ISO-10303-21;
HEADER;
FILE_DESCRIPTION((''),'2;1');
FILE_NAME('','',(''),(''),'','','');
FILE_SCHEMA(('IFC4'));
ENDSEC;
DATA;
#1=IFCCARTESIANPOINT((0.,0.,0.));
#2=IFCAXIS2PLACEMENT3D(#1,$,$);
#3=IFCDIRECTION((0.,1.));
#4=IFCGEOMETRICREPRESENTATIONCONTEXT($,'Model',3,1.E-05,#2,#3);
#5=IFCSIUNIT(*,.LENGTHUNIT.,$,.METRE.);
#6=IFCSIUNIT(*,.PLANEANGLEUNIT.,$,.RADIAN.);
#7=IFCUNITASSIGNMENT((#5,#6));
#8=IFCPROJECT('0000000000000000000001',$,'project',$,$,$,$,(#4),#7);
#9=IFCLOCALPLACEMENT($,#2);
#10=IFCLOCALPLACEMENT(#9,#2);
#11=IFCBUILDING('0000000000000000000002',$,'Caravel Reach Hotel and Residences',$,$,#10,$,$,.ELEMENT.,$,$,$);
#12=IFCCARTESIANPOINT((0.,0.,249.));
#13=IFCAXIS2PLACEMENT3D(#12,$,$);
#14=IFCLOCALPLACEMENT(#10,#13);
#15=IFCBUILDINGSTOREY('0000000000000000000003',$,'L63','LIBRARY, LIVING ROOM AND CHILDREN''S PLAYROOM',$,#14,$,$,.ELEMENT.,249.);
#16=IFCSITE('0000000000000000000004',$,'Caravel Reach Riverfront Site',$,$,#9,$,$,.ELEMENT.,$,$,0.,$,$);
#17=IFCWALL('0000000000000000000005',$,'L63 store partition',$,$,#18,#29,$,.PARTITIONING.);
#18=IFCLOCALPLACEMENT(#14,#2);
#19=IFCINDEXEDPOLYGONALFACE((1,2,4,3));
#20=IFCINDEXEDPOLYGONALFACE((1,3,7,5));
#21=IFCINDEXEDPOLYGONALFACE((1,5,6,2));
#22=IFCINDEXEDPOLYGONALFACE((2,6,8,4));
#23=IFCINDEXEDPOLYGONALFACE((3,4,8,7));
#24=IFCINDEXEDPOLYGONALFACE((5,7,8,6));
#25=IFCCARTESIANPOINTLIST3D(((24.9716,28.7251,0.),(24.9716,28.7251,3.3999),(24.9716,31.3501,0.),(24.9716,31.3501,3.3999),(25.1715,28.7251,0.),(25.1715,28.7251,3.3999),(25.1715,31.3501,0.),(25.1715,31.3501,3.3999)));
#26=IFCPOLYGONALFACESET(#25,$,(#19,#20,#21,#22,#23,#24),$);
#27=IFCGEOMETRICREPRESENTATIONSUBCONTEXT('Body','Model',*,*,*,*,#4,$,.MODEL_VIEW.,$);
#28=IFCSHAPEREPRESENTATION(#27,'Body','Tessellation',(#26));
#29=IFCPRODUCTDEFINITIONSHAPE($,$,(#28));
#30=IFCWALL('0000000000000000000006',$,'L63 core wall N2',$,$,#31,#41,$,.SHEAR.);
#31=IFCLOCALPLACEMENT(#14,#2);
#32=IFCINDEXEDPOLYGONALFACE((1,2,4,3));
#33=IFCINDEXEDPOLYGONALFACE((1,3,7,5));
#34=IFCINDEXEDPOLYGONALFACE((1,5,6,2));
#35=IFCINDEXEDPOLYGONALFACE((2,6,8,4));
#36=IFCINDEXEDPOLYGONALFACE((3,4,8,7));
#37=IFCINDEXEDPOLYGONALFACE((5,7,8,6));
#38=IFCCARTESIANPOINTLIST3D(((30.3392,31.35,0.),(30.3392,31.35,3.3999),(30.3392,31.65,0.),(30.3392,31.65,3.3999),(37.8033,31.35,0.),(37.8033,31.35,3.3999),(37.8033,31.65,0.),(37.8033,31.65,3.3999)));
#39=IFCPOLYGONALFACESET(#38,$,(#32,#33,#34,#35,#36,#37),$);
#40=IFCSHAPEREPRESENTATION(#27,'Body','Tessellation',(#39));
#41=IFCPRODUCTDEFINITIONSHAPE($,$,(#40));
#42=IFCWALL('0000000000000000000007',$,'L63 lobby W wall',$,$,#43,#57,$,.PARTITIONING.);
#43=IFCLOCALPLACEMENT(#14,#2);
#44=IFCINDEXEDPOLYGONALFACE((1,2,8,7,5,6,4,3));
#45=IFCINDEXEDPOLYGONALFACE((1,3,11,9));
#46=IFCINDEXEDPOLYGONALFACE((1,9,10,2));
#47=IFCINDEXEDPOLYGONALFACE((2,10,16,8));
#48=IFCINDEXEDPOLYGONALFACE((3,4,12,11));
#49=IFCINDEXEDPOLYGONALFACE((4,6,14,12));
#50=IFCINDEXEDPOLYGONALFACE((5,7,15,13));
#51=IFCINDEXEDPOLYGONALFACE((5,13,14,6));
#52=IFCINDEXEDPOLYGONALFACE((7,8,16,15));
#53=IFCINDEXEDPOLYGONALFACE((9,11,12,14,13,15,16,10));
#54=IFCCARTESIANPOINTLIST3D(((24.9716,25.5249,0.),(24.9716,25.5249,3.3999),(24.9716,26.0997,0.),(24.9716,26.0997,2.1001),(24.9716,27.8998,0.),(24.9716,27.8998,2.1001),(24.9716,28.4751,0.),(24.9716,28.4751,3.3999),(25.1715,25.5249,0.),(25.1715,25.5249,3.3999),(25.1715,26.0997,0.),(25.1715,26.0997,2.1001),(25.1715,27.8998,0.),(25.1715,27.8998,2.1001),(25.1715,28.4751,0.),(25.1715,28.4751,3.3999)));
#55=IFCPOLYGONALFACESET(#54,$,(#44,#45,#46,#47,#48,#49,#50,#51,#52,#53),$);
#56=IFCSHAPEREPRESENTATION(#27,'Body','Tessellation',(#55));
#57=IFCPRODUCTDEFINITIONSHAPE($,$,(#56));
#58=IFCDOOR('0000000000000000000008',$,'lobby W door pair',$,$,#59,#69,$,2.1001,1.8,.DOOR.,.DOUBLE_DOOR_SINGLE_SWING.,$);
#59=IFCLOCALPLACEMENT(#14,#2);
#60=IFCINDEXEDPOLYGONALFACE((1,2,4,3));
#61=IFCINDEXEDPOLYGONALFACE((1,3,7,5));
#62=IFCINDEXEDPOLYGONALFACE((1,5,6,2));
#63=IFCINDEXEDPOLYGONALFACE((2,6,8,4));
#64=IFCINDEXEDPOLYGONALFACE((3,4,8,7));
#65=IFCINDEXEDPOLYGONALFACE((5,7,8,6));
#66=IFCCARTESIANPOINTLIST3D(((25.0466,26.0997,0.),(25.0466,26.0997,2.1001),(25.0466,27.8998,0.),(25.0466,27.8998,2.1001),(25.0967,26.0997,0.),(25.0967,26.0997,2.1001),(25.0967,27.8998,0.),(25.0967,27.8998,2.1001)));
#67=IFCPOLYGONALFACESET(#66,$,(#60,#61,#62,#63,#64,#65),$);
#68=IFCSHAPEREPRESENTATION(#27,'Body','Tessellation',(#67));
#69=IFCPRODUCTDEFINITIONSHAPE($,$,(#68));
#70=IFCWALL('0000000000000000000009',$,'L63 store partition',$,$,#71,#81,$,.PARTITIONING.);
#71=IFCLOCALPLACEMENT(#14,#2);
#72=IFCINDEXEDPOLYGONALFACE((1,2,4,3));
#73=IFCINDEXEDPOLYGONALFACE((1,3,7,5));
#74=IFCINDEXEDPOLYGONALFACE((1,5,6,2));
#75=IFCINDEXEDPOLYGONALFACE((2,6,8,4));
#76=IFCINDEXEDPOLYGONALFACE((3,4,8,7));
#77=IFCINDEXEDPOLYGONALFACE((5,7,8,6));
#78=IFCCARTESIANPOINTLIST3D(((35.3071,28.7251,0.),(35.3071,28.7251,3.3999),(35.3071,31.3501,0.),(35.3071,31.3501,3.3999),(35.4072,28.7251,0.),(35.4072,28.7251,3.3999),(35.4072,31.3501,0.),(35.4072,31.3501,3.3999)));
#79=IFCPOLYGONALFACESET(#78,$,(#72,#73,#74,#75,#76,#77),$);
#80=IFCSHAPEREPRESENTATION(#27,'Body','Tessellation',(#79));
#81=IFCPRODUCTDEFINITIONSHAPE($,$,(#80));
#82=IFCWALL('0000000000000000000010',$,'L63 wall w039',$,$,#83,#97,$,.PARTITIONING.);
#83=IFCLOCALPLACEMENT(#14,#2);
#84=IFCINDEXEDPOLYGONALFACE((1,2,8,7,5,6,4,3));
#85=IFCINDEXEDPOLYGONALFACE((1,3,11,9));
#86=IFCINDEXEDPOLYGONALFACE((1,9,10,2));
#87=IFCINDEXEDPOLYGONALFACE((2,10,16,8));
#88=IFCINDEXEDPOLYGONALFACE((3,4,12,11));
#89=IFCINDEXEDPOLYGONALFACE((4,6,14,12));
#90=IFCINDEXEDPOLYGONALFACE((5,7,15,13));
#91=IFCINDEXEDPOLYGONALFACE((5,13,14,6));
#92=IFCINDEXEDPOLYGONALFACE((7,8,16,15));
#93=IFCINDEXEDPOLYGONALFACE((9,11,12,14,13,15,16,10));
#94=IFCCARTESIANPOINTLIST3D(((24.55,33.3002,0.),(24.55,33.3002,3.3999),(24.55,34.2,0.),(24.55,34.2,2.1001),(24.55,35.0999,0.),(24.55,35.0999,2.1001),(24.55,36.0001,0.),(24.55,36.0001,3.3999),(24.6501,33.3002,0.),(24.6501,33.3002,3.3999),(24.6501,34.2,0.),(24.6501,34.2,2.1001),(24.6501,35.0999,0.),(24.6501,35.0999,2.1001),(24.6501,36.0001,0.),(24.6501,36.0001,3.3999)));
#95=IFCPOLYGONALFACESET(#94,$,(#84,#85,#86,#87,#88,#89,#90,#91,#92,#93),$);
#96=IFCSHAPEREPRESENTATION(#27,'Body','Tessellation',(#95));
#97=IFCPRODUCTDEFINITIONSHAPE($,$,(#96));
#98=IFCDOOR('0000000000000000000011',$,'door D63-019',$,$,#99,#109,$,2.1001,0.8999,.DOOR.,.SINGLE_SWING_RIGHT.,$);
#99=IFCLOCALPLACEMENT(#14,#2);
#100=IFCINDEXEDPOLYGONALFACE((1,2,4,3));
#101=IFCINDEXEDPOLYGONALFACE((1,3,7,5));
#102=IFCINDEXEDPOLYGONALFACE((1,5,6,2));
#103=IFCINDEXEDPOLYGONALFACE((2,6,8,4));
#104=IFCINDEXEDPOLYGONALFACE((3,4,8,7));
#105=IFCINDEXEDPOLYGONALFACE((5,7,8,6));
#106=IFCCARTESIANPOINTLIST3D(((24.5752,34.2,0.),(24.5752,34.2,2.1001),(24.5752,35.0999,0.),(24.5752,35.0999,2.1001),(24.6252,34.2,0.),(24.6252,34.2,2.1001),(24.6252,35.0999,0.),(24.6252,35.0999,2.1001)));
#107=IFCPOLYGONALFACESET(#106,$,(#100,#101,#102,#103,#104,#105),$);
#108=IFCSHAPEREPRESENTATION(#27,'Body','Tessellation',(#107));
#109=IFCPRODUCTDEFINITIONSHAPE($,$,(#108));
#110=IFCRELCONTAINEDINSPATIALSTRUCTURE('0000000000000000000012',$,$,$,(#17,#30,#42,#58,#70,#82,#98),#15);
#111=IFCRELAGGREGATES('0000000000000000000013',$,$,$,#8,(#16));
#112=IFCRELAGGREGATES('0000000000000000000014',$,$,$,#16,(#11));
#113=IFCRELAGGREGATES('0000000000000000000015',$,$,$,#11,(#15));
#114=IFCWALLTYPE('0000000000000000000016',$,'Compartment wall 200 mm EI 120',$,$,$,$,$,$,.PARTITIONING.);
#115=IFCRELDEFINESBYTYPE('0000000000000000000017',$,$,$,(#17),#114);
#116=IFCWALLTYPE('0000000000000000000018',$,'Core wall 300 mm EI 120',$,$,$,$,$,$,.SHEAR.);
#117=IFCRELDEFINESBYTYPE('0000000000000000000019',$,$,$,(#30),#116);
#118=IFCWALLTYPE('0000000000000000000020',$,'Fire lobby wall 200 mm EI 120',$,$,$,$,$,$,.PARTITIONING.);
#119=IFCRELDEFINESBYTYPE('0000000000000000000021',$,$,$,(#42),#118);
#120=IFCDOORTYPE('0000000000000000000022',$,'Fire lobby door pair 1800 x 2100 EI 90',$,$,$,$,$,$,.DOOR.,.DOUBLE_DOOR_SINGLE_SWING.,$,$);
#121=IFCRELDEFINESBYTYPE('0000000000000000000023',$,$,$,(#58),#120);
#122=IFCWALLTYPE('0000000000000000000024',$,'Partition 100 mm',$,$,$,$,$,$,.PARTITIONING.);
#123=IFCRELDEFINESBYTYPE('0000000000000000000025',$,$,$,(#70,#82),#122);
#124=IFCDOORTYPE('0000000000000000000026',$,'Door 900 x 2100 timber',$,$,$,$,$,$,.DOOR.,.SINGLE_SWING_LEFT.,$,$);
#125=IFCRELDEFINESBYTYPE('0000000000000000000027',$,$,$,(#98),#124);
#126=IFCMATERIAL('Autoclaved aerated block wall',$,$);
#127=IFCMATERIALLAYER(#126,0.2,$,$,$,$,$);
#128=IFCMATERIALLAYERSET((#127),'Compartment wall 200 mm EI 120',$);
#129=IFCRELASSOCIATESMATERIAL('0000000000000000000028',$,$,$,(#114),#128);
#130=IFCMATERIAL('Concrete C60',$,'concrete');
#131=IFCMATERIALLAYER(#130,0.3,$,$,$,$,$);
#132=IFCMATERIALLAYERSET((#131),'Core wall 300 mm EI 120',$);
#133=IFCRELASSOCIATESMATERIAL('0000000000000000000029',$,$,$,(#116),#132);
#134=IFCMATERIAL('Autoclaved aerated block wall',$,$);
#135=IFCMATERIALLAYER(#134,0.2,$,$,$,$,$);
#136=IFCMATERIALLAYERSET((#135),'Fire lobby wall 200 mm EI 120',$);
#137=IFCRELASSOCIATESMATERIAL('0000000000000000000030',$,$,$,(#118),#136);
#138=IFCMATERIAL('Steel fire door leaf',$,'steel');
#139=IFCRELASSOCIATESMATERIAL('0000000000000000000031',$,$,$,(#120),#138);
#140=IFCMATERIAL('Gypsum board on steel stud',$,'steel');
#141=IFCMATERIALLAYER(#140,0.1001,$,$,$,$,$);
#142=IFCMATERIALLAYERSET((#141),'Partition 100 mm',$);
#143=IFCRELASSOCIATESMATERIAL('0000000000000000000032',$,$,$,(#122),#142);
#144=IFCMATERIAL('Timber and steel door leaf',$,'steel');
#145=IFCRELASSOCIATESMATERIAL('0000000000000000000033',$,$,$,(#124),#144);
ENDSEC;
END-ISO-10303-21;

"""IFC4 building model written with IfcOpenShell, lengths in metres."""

from ifc_helpers import new_model, si_unit, direction, frame, frame_2d, origin, place, context, subcontext, project, spatial, rectangle, extrude, material, layer, layer_set, type_object, element, fill, save


model = new_model("IFC4")

# Units and contexts
model_context = context("Model", 3, precision=1e-05, world=origin(), true_north=direction((0.0, 1.0)))
body_context = subcontext(model_context, "Body", "Model", "MODEL_VIEW")
ifc_project = project(units=[si_unit("LENGTHUNIT", "METRE"), si_unit("PLANEANGLEUNIT", "RADIAN")], contexts=[model_context])

# Site, building, storey
site_placement = place(None, origin())
site = spatial("IfcSite", under=ifc_project, at=site_placement, Name="Caravel Reach Riverfront Site", CompositionType="ELEMENT", RefElevation=0.0)
building_placement = place(site_placement, origin())
building = spatial("IfcBuilding", under=site, at=building_placement, Name="Caravel Reach Hotel and Residences", CompositionType="ELEMENT")
storey_placement = place(building_placement, frame((0.0, 0.0, 249.0)))
storey = spatial("IfcBuildingStorey", under=building, at=storey_placement, Name="L63", Description="LIBRARY, LIVING ROOM AND CHILDREN'S PLAYROOM", CompositionType="ELEMENT", Elevation=249.0)

# Walls
ifc_material_1 = material(Name="Autoclaved aerated block wall")
ifc_layer_1 = layer(ifc_material_1, 0.2)
ifc_layer_set_1 = layer_set([ifc_layer_1], Name="Compartment wall 200 mm EI 120")
wall_type_1 = type_object("IfcWallType", Name="Compartment wall 200 mm EI 120", PredefinedType="PARTITIONING", material=ifc_layer_set_1)
wall_1_placement = place(storey_placement, frame((25.0715, 28.7251, 0.0), z_axis=(0.0, 0.0, 1.0), x_axis=(0.0, 1.0, 0.0)))
element("IfcWall", 1, at=wall_1_placement, inside=storey, type_object=wall_type_1, Name="L63 store partition", PredefinedType="PARTITIONING", context=body_context, shape_type="SweptSolid", body=[
    extrude(rectangle(XDim=2.625, YDim=0.2, at=frame_2d((1.3125, 0.0))), origin(), (0.0, 0.0, 1.0), 3.3999),
])
ifc_material_2 = material(Name="Concrete C60", Category="concrete")
ifc_layer_2 = layer(ifc_material_2, 0.3)
ifc_layer_set_2 = layer_set([ifc_layer_2], Name="Core wall 300 mm EI 120")
wall_type_2 = type_object("IfcWallType", Name="Core wall 300 mm EI 120", PredefinedType="SHEAR", material=ifc_layer_set_2)
wall_2_placement = place(storey_placement, frame((30.3394, 31.5, 0.0), z_axis=(0.0, 0.0, 1.0), x_axis=(1.0, 0.0, 0.0)))
element("IfcWall", 2, at=wall_2_placement, inside=storey, type_object=wall_type_2, Name="L63 core wall N2", PredefinedType="SHEAR", context=body_context, shape_type="SweptSolid", body=[
    extrude(rectangle(XDim=7.4641, YDim=0.3, at=frame_2d((3.7319, 0.0))), origin(), (0.0, 0.0, 1.0), 3.3999),
])

# Wall, opening, door
ifc_material_3 = material(Name="Autoclaved aerated block wall")
ifc_layer_3 = layer(ifc_material_3, 0.2)
ifc_layer_set_3 = layer_set([ifc_layer_3], Name="Fire lobby wall 200 mm EI 120")
wall_type_3 = type_object("IfcWallType", Name="Fire lobby wall 200 mm EI 120", PredefinedType="PARTITIONING", material=ifc_layer_set_3)
wall_3_placement = place(storey_placement, frame((25.0715, 25.5249, 0.0), z_axis=(0.0, 0.0, 1.0), x_axis=(0.0, 1.0, 0.0)))
wall_3 = element("IfcWall", 3, at=wall_3_placement, inside=storey, type_object=wall_type_3, Name="L63 lobby W wall", PredefinedType="PARTITIONING", context=body_context, shape_type="SweptSolid", body=[
    extrude(rectangle(XDim=2.9502, YDim=0.2, at=frame_2d((1.4751, 0.0))), origin(), (0.0, 0.0, 1.0), 3.3999),
])
opening_1_placement = place(wall_3_placement, frame((0.575, 0.0, 0.0)))
opening_1 = element("IfcOpeningElement", 4, at=opening_1_placement, cuts=wall_3, PredefinedType="OPENING", context=body_context, shape_type="SweptSolid", body=[
    extrude(rectangle(XDim=1.8, YDim=2.1001, at=frame_2d((0.8999, 1.05))), frame((0.0, 0.1099, 0.0), z_axis=(0.0, -1.0, 0.0), x_axis=(1.0, 0.0, 0.0)), (0.0, 0.0, 1.0), 0.22),
])
ifc_material_4 = material(Name="Steel fire door leaf", Category="steel")
door_type_1 = type_object("IfcDoorType", Name="Fire lobby door pair 1800 x 2100 EI 90", OperationType="DOUBLE_DOOR_SINGLE_SWING", PredefinedType="DOOR", material=ifc_material_4)
door_1_placement = place(opening_1_placement, origin())
door_1 = element("IfcDoor", 5, at=door_1_placement, inside=storey, type_object=door_type_1, Name="lobby W door pair", OperationType="DOUBLE_DOOR_SINGLE_SWING", OverallHeight=2.1001, OverallWidth=1.8, PredefinedType="DOOR", context=body_context, shape_type="SweptSolid", body=[
    extrude(rectangle(XDim=1.8, YDim=2.1001, at=frame_2d((0.8999, 1.05))), frame((0.0, 0.0249, 0.0), z_axis=(0.0, -1.0, 0.0), x_axis=(1.0, 0.0, 0.0)), (0.0, 0.0, 1.0), 0.05),
])
fill(opening_1, door_1)

# Wall
ifc_material_5 = material(Name="Gypsum board on steel stud", Category="steel")
ifc_layer_4 = layer(ifc_material_5, 0.1001)
ifc_layer_set_4 = layer_set([ifc_layer_4], Name="Partition 100 mm")
wall_type_4 = type_object("IfcWallType", Name="Partition 100 mm", PredefinedType="PARTITIONING", material=ifc_layer_set_4)
wall_4_placement = place(storey_placement, frame((35.3572, 28.7251, 0.0), z_axis=(0.0, 0.0, 1.0), x_axis=(0.0, 1.0, 0.0)))
element("IfcWall", 6, at=wall_4_placement, inside=storey, type_object=wall_type_4, Name="L63 store partition", PredefinedType="PARTITIONING", context=body_context, shape_type="SweptSolid", body=[
    extrude(rectangle(XDim=2.625, YDim=0.1001, at=frame_2d((1.3125, 0.0))), origin(), (0.0, 0.0, 1.0), 3.3999),
])

# Wall, opening, door
wall_5_placement = place(storey_placement, frame((24.6001, 33.3, 0.0), z_axis=(0.0, 0.0, 1.0), x_axis=(0.0, 1.0, 0.0)))
wall_5 = element("IfcWall", 7, at=wall_5_placement, inside=storey, type_object=wall_type_4, Name="L63 wall w039", PredefinedType="PARTITIONING", context=body_context, shape_type="SweptSolid", body=[
    extrude(rectangle(XDim=2.7, YDim=0.1001, at=frame_2d((1.3501, 0.0))), origin(), (0.0, 0.0, 1.0), 3.3999),
])
opening_2_placement = place(wall_5_placement, frame((0.8999, 0.0, 0.0)))
opening_2 = element("IfcOpeningElement", 8, at=opening_2_placement, cuts=wall_5, PredefinedType="OPENING", context=body_context, shape_type="SweptSolid", body=[
    extrude(rectangle(XDim=0.8999, YDim=2.1001, at=frame_2d((0.45, 1.05))), frame((0.0, 0.0601, 0.0), z_axis=(0.0, -1.0, 0.0), x_axis=(1.0, 0.0, 0.0)), (0.0, 0.0, 1.0), 0.1201),
])
ifc_material_6 = material(Name="Timber and steel door leaf", Category="steel")
door_type_2 = type_object("IfcDoorType", Name="Door 900 x 2100 timber", OperationType="SINGLE_SWING_LEFT", PredefinedType="DOOR", material=ifc_material_6)
door_2_placement = place(opening_2_placement, origin())
door_2 = element("IfcDoor", 9, at=door_2_placement, inside=storey, type_object=door_type_2, Name="door D63-019", OperationType="SINGLE_SWING_RIGHT", OverallHeight=2.1001, OverallWidth=0.8999, PredefinedType="DOOR", context=body_context, shape_type="SweptSolid", body=[
    extrude(rectangle(XDim=0.8999, YDim=2.1001, at=frame_2d((0.45, 1.05))), frame((0.0, 0.0249, 0.0), z_axis=(0.0, -1.0, 0.0), x_axis=(1.0, 0.0, 0.0)), (0.0, 0.0, 1.0), 0.05),
])
fill(opening_2, door_2)

save(model, "model.ifc")
